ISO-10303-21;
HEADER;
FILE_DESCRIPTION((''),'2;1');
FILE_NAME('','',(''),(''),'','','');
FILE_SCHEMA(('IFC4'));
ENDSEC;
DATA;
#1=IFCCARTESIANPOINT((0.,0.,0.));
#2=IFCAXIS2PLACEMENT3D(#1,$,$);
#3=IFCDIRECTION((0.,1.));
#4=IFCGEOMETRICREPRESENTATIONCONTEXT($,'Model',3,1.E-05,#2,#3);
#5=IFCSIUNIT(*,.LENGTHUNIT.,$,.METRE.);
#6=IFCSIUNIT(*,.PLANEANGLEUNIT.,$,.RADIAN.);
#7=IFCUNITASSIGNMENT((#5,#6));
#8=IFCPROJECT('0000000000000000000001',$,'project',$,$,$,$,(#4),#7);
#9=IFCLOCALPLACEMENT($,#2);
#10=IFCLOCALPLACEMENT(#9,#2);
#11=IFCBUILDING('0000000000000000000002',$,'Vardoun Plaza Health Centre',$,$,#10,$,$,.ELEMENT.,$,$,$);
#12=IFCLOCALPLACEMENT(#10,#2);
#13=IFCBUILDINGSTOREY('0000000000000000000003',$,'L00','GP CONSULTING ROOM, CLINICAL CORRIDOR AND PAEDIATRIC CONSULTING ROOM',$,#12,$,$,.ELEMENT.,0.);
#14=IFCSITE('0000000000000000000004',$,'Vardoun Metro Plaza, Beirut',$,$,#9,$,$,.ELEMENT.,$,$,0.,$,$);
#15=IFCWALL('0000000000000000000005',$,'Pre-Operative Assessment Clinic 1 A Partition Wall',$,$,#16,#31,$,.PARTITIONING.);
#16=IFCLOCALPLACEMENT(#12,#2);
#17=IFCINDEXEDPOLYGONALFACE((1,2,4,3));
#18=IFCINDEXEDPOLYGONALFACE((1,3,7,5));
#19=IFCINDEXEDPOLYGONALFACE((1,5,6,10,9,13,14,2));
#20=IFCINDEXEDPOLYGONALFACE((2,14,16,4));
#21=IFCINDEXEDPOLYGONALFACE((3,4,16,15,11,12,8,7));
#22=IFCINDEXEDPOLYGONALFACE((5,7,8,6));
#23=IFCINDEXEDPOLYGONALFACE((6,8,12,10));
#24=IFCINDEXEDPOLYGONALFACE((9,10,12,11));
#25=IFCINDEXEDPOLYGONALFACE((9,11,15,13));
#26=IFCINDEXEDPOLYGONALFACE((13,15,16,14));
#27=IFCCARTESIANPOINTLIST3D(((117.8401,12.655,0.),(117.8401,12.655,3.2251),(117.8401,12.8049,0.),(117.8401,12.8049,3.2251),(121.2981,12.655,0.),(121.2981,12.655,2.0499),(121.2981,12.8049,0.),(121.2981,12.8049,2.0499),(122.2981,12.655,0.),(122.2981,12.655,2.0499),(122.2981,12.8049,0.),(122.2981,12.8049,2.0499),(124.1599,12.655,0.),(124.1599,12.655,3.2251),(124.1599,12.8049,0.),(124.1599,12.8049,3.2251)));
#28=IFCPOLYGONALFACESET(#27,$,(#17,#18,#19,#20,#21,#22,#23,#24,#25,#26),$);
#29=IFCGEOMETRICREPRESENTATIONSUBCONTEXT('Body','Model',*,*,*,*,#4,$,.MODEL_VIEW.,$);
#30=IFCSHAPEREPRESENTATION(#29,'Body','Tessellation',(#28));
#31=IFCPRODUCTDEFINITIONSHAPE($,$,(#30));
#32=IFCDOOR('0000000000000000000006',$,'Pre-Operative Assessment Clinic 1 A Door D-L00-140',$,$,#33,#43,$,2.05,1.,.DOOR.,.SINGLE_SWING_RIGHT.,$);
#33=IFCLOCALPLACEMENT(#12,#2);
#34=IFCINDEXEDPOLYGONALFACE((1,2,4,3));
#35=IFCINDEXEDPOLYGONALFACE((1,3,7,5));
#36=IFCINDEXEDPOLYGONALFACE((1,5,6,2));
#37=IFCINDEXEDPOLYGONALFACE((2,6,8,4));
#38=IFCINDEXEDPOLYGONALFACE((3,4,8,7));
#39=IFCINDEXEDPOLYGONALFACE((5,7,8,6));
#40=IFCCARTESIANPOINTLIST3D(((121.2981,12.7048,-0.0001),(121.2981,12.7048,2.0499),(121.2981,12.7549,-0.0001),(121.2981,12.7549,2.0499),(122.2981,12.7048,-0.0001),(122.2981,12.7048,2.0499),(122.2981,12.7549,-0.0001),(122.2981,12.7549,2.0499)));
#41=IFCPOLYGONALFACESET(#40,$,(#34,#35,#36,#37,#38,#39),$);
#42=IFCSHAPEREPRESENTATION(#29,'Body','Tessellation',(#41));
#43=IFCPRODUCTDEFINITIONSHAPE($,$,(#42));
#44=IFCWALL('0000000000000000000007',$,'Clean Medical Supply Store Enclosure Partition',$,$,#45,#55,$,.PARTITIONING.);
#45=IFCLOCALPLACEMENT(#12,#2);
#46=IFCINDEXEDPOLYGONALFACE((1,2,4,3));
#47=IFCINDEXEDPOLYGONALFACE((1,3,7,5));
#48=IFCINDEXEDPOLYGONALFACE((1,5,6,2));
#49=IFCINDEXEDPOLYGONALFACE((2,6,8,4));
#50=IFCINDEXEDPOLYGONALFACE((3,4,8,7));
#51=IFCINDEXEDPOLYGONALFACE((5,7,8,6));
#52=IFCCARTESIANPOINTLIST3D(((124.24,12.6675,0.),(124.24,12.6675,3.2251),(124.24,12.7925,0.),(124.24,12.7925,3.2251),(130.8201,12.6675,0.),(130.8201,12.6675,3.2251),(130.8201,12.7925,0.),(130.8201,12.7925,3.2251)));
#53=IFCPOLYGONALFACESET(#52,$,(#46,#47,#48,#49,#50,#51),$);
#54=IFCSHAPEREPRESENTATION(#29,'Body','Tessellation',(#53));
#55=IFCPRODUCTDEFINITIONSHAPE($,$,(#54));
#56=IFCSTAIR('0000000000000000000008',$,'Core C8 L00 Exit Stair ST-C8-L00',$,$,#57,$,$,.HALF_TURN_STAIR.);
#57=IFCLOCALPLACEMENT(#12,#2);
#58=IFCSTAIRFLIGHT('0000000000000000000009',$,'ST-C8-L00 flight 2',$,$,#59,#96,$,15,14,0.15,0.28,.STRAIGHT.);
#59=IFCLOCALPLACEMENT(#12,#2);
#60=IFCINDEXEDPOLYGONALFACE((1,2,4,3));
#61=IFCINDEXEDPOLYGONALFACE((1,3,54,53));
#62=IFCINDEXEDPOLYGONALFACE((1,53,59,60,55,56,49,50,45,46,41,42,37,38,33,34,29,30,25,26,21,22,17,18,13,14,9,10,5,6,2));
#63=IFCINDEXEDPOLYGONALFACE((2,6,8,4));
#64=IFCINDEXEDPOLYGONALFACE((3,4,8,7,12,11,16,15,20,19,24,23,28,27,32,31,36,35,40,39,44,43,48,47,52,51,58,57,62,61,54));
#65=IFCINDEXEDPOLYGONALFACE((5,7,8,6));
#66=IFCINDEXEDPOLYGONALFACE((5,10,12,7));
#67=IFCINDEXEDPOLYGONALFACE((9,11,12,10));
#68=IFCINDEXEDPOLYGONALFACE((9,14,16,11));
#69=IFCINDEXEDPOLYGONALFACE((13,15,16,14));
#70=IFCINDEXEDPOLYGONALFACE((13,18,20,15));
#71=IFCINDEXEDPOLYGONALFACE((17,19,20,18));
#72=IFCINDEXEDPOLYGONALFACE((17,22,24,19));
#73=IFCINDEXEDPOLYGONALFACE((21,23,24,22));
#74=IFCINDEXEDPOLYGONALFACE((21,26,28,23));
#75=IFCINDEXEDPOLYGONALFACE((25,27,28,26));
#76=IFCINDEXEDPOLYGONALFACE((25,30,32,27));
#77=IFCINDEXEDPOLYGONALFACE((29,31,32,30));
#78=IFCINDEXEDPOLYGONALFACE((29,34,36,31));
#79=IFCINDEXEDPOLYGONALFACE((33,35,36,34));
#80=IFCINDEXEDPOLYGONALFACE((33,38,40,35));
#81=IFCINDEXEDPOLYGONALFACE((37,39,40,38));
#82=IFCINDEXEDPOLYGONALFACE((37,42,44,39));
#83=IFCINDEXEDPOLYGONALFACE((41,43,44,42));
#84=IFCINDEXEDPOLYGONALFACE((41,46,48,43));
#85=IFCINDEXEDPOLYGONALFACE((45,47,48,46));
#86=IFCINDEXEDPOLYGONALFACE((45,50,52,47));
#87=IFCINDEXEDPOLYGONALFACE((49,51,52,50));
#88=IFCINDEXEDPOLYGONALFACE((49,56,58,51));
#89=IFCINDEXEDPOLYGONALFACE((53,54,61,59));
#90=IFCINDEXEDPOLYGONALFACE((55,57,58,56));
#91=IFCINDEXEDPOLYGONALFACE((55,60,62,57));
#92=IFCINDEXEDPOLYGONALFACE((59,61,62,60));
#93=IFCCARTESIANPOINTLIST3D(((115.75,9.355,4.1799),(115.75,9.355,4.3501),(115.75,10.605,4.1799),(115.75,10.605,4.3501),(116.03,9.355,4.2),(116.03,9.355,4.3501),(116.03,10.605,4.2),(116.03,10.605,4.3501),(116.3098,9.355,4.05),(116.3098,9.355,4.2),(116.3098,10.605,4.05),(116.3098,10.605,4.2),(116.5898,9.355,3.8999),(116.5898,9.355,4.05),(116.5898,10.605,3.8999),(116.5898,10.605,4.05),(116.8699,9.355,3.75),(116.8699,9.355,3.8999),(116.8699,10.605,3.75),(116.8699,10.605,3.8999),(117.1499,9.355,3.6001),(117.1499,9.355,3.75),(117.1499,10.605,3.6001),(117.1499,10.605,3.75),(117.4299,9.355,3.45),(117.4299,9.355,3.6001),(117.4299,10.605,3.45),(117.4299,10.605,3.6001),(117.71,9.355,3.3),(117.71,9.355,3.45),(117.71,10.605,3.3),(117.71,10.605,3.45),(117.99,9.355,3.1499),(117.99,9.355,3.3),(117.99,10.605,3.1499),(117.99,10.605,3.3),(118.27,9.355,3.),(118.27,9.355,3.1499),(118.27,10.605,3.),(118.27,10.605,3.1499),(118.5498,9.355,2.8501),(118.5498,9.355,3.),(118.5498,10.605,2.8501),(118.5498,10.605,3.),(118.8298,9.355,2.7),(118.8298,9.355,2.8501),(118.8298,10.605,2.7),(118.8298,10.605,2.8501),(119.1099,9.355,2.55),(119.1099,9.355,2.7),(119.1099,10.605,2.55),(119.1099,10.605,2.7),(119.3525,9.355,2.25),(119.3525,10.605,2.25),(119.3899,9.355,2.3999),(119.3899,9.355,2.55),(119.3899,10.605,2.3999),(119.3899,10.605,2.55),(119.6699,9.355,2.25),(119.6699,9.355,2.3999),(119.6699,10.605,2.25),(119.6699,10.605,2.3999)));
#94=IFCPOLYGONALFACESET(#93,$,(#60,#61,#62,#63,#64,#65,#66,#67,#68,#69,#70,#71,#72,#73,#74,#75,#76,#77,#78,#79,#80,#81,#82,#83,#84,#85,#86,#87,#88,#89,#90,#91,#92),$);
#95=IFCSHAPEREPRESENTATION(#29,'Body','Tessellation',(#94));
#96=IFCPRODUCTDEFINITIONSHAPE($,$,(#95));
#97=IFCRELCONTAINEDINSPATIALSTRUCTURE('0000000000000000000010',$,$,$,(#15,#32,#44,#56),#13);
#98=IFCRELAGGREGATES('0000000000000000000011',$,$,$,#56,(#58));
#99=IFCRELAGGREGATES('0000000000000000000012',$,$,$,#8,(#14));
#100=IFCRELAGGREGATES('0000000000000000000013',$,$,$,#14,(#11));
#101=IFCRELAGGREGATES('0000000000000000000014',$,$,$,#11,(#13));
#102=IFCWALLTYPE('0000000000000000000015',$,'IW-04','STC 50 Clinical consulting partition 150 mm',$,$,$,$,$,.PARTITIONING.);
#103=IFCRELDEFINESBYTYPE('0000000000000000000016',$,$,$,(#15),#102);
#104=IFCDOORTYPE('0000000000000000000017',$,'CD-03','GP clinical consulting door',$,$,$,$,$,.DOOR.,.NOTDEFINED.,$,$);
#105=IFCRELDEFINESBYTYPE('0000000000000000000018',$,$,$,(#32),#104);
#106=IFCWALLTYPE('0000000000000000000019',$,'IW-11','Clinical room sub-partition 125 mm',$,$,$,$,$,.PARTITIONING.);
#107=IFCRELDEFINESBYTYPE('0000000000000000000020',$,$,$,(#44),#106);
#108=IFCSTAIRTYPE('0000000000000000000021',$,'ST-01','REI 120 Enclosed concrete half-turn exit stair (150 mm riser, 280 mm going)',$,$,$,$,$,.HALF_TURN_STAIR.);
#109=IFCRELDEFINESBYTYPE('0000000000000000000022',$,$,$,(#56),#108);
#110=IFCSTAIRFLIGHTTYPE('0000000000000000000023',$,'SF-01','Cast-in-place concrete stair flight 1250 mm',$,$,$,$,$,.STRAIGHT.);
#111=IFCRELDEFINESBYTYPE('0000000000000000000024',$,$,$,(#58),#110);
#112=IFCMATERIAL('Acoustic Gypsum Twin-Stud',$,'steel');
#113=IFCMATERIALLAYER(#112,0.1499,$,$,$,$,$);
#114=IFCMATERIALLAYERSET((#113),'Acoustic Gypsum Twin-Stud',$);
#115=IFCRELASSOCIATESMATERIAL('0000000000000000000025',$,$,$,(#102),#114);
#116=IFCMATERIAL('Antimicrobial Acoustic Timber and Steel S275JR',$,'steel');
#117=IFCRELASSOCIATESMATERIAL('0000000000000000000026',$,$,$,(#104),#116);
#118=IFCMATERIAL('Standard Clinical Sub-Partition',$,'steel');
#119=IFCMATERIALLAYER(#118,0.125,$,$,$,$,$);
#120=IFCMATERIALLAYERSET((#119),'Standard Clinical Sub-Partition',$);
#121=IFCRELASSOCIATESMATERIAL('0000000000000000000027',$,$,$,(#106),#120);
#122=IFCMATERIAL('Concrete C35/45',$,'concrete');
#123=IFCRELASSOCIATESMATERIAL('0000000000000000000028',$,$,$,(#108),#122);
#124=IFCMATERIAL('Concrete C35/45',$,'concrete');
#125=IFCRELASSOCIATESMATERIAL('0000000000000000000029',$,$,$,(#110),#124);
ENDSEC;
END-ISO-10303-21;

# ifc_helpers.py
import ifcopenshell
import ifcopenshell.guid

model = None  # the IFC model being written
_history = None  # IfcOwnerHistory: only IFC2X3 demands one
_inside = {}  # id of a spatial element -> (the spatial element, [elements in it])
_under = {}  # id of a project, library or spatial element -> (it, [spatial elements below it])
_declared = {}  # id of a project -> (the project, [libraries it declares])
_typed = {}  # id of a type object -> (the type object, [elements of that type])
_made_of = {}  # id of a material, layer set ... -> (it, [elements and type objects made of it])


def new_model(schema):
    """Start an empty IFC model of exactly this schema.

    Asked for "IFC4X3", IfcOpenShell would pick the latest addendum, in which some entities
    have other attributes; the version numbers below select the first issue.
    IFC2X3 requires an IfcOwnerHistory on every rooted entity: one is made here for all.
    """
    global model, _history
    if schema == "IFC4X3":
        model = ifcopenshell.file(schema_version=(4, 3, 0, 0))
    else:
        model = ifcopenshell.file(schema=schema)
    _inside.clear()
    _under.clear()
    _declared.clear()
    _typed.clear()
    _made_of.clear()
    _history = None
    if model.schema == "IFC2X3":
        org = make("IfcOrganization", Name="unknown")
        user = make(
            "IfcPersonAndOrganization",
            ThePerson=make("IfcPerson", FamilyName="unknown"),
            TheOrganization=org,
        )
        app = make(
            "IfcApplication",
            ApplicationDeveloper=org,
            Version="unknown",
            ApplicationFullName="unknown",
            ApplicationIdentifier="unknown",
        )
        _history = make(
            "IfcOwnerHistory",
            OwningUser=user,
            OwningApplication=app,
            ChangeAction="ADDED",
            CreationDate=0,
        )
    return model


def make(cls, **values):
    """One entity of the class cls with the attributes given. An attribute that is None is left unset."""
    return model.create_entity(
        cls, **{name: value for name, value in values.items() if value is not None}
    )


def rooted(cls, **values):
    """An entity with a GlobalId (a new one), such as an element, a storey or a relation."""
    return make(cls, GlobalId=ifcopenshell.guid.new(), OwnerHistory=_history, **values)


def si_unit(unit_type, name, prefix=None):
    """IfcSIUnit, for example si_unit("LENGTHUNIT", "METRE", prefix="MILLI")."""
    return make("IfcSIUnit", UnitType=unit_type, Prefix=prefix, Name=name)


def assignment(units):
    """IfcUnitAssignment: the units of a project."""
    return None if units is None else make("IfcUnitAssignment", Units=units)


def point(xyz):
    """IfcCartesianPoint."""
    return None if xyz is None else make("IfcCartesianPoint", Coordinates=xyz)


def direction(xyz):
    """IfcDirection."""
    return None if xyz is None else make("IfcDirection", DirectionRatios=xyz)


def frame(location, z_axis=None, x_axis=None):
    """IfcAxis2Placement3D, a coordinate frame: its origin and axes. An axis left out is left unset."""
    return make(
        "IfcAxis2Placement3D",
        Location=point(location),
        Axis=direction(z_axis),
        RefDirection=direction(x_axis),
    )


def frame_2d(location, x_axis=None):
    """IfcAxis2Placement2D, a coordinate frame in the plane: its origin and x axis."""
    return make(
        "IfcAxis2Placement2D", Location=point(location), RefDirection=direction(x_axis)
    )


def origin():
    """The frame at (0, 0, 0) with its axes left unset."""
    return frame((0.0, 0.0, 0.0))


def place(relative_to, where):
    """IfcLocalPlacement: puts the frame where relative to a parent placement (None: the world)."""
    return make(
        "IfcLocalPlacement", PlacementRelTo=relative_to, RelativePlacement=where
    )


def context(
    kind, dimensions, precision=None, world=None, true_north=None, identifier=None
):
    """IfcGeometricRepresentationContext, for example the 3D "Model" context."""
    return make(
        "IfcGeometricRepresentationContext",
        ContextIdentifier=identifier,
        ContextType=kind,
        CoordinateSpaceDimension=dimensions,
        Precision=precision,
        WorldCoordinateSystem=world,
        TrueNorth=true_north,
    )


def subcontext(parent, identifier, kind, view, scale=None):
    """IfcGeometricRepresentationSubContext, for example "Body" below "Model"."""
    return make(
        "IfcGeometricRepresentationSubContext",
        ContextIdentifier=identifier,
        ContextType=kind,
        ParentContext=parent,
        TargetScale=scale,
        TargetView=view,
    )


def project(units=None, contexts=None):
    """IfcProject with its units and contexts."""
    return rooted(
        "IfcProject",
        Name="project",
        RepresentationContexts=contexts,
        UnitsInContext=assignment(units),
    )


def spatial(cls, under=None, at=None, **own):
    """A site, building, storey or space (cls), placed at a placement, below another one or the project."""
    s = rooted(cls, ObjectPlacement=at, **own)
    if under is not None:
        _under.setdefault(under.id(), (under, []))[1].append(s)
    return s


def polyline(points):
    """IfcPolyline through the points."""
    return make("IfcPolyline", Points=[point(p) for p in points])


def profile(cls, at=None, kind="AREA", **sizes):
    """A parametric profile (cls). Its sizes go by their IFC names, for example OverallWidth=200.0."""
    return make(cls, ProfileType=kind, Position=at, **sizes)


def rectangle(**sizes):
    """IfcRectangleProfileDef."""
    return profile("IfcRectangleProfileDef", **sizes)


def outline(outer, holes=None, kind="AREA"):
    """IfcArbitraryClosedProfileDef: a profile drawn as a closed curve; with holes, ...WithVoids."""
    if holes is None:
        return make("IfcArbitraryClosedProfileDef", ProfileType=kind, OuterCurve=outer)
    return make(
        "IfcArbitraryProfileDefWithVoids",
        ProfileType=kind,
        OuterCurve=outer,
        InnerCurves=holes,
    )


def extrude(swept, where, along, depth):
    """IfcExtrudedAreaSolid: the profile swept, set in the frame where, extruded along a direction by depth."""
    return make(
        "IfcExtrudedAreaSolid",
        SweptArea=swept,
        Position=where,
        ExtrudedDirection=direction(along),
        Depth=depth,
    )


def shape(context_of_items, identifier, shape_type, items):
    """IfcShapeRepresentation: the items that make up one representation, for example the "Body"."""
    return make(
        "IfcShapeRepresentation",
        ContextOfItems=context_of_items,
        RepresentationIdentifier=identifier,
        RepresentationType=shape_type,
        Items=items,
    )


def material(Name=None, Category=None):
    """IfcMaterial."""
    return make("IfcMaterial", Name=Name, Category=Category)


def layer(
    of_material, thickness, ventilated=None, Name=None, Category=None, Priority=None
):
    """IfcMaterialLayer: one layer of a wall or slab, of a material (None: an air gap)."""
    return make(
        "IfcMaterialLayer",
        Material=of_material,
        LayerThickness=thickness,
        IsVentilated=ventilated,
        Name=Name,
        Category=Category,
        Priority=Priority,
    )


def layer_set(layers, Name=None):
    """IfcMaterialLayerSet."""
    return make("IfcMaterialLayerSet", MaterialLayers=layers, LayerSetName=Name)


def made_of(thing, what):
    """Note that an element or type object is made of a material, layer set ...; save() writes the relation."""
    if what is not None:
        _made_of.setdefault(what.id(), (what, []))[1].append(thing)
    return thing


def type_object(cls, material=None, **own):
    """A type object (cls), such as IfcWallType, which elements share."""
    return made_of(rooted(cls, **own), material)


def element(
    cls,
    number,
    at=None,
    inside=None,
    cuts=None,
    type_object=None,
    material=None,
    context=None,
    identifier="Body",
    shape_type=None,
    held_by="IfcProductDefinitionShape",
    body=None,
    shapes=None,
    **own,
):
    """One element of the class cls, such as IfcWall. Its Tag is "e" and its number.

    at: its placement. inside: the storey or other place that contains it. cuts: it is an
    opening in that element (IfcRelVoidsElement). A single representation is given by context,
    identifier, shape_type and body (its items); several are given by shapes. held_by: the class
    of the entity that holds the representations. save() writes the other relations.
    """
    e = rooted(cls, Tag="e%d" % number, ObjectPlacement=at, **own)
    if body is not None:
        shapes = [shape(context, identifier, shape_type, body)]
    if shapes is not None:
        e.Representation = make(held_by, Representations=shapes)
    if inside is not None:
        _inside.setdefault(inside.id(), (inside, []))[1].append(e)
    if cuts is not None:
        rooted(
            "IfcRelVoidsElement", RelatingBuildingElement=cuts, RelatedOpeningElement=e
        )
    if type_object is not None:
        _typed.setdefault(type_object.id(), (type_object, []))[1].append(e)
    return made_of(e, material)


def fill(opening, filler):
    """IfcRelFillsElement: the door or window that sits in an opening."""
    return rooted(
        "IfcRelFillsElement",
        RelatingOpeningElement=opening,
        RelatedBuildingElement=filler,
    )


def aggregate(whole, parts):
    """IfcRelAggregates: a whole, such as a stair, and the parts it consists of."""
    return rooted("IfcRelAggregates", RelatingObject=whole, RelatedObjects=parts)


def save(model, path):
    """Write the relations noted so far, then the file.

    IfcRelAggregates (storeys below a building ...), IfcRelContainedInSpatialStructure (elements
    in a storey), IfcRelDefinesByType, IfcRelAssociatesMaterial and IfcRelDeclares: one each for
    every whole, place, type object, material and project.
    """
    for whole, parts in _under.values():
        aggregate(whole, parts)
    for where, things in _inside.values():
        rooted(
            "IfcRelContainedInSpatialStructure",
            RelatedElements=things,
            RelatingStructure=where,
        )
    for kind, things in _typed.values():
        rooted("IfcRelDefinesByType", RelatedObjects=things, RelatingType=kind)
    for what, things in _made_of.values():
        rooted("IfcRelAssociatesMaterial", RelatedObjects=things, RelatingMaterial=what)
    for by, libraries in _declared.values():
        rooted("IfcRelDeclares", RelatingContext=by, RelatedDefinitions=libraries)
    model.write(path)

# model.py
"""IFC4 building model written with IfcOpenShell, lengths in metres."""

from ifc_helpers import new_model, si_unit, direction, frame, frame_2d, origin, place, context, subcontext, project, spatial, polyline, rectangle, outline, extrude, material, layer, layer_set, type_object, element, fill, aggregate, save


model = new_model("IFC4")

# Units and contexts
model_context = context("Model", 3, precision=1e-05, world=origin(), true_north=direction((0.0, 1.0)))
body_context = subcontext(model_context, "Body", "Model", "MODEL_VIEW")
ifc_project = project(units=[si_unit("LENGTHUNIT", "METRE"), si_unit("PLANEANGLEUNIT", "RADIAN")], contexts=[model_context])

# Site, building, storey
site_placement = place(None, origin())
site = spatial("IfcSite", under=ifc_project, at=site_placement, Name="Vardoun Metro Plaza, Beirut", CompositionType="ELEMENT", RefElevation=0.0)
building_placement = place(site_placement, origin())
building = spatial("IfcBuilding", under=site, at=building_placement, Name="Vardoun Plaza Health Centre", CompositionType="ELEMENT")
storey_placement = place(building_placement, origin())
storey = spatial("IfcBuildingStorey", under=building, at=storey_placement, Name="L00", Description="GP CONSULTING ROOM, CLINICAL CORRIDOR AND PAEDIATRIC CONSULTING ROOM", CompositionType="ELEMENT", Elevation=0.0)

# Wall, opening, door
ifc_material_1 = material(Name="Acoustic Gypsum Twin-Stud", Category="steel")
ifc_layer_1 = layer(ifc_material_1, 0.1499)
ifc_layer_set_1 = layer_set([ifc_layer_1], Name="Acoustic Gypsum Twin-Stud")
wall_type_1 = type_object("IfcWallType", Name="IW-04", Description="STC 50 Clinical consulting partition 150 mm", PredefinedType="PARTITIONING", material=ifc_layer_set_1)
wall_1_placement = place(storey_placement, frame((117.8401, 12.73, 0.0), z_axis=(0.0, 0.0, 1.0), x_axis=(1.0, 0.0, 0.0)))
wall_1 = element("IfcWall", 1, at=wall_1_placement, inside=storey, type_object=wall_type_1, Name="Pre-Operative Assessment Clinic 1 A Partition Wall", PredefinedType="PARTITIONING", context=body_context, shape_type="SweptSolid", body=[
    extrude(rectangle(XDim=6.3198, YDim=0.1499, at=frame_2d((3.1599, 0.0))), origin(), (0.0, 0.0, 1.0), 3.2251),
])
opening_1_placement = place(wall_1_placement, frame((3.458, 0.0, 0.0)))
opening_1 = element("IfcOpeningElement", 2, at=opening_1_placement, cuts=wall_1, PredefinedType="OPENING", context=body_context, shape_type="SweptSolid", body=[
    extrude(rectangle(XDim=1.0, YDim=2.05, at=frame_2d((0.5, 1.0249))), frame((0.0, 0.075, 0.0), z_axis=(0.0, -1.0, 0.0), x_axis=(1.0, 0.0, 0.0)), (0.0, 0.0, 1.0), 0.1499),
])
ifc_material_2 = material(Name="Antimicrobial Acoustic Timber and Steel S275JR", Category="steel")
door_type_1 = type_object("IfcDoorType", Name="CD-03", Description="GP clinical consulting door", OperationType="NOTDEFINED", PredefinedType="DOOR", material=ifc_material_2)
door_1_placement = place(opening_1_placement, origin())
door_1 = element("IfcDoor", 3, at=door_1_placement, inside=storey, type_object=door_type_1, Name="Pre-Operative Assessment Clinic 1 A Door D-L00-140", OperationType="SINGLE_SWING_RIGHT", OverallHeight=2.05, OverallWidth=1.0, PredefinedType="DOOR", context=body_context, shape_type="SweptSolid", body=[
    extrude(rectangle(XDim=1.0, YDim=2.05, at=frame_2d((0.5, 1.0249))), frame((0.0, 0.0249, 0.0), z_axis=(0.0, -1.0, 0.0), x_axis=(1.0, 0.0, 0.0)), (0.0, 0.0, 1.0), 0.05),
])
fill(opening_1, door_1)

# Wall
ifc_material_3 = material(Name="Standard Clinical Sub-Partition", Category="steel")
ifc_layer_2 = layer(ifc_material_3, 0.125)
ifc_layer_set_2 = layer_set([ifc_layer_2], Name="Standard Clinical Sub-Partition")
wall_type_2 = type_object("IfcWallType", Name="IW-11", Description="Clinical room sub-partition 125 mm", PredefinedType="PARTITIONING", material=ifc_layer_set_2)
wall_2_placement = place(storey_placement, frame((124.24, 12.73, 0.0), z_axis=(0.0, 0.0, 1.0), x_axis=(1.0, 0.0, 0.0)))
element("IfcWall", 4, at=wall_2_placement, inside=storey, type_object=wall_type_2, Name="Clean Medical Supply Store Enclosure Partition", PredefinedType="PARTITIONING", context=body_context, shape_type="SweptSolid", body=[
    extrude(rectangle(XDim=6.5801, YDim=0.125, at=frame_2d((3.29, 0.0))), origin(), (0.0, 0.0, 1.0), 3.2251),
])

# Stair, stair flight
ifc_material_4 = material(Name="Concrete C35/45", Category="concrete")
stair_type = type_object("IfcStairType", Name="ST-01", Description="REI 120 Enclosed concrete half-turn exit stair (150 mm riser, 280 mm going)", PredefinedType="HALF_TURN_STAIR", material=ifc_material_4)
stair_placement = place(storey_placement, origin())
stair = element("IfcStair", 5, at=stair_placement, inside=storey, type_object=stair_type, Name="Core C8 L00 Exit Stair ST-C8-L00", PredefinedType="HALF_TURN_STAIR")
ifc_material_5 = material(Name="Concrete C35/45", Category="concrete")
stair_flight_type = type_object("IfcStairFlightType", Name="SF-01", Description="Cast-in-place concrete stair flight 1250 mm", PredefinedType="STRAIGHT", material=ifc_material_5)
stair_flight_placement = place(storey_placement, frame((119.6699, 9.98, 2.25), z_axis=(0.0, 0.0, 1.0), x_axis=(-1.0, 0.0, 0.0)))
stair_flight = element("IfcStairFlight", 6, at=stair_flight_placement, type_object=stair_flight_type, Name="ST-C8-L00 flight 2", NumberOfRisers=15, NumberOfTreads=14, PredefinedType="STRAIGHT", RiserHeight=0.15, TreadLength=0.28, context=body_context, shape_type="SweptSolid", body=[
    extrude(outline(polyline([(0.0, 0.0), (0.0, 0.1499), (0.28, 0.1499), (0.28, 0.3), (0.5601, 0.3), (0.5601, 0.45), (0.8401, 0.45), (0.8401, 0.6001), (1.1201, 0.6001), (1.1201, 0.75), (1.3999, 0.75), (1.3999, 0.8999), (1.6799, 0.8999), (1.6799, 1.05), (1.96, 1.05), (1.96, 1.2), (2.24, 1.2), (2.24, 1.3501), (2.52, 1.3501), (2.52, 1.5), (2.8, 1.5), (2.8, 1.6499), (3.0801, 1.6499), (3.0801, 1.8), (3.3601, 1.8), (3.3601, 1.95), (3.6399, 1.95), (3.6399, 2.1001), (3.9199, 2.1001), (3.9199, 2.25), (3.9199, 1.9299), (0.3174, 0.0), (0.0, 0.0)])), frame((0.0, 0.625, 0.0), z_axis=(0.0, -1.0, 0.0), x_axis=(1.0, 0.0, 0.0)), (0.0, 0.0, 1.0), 1.25),
])
aggregate(stair, [stair_flight])

save(model, "model.ifc")
